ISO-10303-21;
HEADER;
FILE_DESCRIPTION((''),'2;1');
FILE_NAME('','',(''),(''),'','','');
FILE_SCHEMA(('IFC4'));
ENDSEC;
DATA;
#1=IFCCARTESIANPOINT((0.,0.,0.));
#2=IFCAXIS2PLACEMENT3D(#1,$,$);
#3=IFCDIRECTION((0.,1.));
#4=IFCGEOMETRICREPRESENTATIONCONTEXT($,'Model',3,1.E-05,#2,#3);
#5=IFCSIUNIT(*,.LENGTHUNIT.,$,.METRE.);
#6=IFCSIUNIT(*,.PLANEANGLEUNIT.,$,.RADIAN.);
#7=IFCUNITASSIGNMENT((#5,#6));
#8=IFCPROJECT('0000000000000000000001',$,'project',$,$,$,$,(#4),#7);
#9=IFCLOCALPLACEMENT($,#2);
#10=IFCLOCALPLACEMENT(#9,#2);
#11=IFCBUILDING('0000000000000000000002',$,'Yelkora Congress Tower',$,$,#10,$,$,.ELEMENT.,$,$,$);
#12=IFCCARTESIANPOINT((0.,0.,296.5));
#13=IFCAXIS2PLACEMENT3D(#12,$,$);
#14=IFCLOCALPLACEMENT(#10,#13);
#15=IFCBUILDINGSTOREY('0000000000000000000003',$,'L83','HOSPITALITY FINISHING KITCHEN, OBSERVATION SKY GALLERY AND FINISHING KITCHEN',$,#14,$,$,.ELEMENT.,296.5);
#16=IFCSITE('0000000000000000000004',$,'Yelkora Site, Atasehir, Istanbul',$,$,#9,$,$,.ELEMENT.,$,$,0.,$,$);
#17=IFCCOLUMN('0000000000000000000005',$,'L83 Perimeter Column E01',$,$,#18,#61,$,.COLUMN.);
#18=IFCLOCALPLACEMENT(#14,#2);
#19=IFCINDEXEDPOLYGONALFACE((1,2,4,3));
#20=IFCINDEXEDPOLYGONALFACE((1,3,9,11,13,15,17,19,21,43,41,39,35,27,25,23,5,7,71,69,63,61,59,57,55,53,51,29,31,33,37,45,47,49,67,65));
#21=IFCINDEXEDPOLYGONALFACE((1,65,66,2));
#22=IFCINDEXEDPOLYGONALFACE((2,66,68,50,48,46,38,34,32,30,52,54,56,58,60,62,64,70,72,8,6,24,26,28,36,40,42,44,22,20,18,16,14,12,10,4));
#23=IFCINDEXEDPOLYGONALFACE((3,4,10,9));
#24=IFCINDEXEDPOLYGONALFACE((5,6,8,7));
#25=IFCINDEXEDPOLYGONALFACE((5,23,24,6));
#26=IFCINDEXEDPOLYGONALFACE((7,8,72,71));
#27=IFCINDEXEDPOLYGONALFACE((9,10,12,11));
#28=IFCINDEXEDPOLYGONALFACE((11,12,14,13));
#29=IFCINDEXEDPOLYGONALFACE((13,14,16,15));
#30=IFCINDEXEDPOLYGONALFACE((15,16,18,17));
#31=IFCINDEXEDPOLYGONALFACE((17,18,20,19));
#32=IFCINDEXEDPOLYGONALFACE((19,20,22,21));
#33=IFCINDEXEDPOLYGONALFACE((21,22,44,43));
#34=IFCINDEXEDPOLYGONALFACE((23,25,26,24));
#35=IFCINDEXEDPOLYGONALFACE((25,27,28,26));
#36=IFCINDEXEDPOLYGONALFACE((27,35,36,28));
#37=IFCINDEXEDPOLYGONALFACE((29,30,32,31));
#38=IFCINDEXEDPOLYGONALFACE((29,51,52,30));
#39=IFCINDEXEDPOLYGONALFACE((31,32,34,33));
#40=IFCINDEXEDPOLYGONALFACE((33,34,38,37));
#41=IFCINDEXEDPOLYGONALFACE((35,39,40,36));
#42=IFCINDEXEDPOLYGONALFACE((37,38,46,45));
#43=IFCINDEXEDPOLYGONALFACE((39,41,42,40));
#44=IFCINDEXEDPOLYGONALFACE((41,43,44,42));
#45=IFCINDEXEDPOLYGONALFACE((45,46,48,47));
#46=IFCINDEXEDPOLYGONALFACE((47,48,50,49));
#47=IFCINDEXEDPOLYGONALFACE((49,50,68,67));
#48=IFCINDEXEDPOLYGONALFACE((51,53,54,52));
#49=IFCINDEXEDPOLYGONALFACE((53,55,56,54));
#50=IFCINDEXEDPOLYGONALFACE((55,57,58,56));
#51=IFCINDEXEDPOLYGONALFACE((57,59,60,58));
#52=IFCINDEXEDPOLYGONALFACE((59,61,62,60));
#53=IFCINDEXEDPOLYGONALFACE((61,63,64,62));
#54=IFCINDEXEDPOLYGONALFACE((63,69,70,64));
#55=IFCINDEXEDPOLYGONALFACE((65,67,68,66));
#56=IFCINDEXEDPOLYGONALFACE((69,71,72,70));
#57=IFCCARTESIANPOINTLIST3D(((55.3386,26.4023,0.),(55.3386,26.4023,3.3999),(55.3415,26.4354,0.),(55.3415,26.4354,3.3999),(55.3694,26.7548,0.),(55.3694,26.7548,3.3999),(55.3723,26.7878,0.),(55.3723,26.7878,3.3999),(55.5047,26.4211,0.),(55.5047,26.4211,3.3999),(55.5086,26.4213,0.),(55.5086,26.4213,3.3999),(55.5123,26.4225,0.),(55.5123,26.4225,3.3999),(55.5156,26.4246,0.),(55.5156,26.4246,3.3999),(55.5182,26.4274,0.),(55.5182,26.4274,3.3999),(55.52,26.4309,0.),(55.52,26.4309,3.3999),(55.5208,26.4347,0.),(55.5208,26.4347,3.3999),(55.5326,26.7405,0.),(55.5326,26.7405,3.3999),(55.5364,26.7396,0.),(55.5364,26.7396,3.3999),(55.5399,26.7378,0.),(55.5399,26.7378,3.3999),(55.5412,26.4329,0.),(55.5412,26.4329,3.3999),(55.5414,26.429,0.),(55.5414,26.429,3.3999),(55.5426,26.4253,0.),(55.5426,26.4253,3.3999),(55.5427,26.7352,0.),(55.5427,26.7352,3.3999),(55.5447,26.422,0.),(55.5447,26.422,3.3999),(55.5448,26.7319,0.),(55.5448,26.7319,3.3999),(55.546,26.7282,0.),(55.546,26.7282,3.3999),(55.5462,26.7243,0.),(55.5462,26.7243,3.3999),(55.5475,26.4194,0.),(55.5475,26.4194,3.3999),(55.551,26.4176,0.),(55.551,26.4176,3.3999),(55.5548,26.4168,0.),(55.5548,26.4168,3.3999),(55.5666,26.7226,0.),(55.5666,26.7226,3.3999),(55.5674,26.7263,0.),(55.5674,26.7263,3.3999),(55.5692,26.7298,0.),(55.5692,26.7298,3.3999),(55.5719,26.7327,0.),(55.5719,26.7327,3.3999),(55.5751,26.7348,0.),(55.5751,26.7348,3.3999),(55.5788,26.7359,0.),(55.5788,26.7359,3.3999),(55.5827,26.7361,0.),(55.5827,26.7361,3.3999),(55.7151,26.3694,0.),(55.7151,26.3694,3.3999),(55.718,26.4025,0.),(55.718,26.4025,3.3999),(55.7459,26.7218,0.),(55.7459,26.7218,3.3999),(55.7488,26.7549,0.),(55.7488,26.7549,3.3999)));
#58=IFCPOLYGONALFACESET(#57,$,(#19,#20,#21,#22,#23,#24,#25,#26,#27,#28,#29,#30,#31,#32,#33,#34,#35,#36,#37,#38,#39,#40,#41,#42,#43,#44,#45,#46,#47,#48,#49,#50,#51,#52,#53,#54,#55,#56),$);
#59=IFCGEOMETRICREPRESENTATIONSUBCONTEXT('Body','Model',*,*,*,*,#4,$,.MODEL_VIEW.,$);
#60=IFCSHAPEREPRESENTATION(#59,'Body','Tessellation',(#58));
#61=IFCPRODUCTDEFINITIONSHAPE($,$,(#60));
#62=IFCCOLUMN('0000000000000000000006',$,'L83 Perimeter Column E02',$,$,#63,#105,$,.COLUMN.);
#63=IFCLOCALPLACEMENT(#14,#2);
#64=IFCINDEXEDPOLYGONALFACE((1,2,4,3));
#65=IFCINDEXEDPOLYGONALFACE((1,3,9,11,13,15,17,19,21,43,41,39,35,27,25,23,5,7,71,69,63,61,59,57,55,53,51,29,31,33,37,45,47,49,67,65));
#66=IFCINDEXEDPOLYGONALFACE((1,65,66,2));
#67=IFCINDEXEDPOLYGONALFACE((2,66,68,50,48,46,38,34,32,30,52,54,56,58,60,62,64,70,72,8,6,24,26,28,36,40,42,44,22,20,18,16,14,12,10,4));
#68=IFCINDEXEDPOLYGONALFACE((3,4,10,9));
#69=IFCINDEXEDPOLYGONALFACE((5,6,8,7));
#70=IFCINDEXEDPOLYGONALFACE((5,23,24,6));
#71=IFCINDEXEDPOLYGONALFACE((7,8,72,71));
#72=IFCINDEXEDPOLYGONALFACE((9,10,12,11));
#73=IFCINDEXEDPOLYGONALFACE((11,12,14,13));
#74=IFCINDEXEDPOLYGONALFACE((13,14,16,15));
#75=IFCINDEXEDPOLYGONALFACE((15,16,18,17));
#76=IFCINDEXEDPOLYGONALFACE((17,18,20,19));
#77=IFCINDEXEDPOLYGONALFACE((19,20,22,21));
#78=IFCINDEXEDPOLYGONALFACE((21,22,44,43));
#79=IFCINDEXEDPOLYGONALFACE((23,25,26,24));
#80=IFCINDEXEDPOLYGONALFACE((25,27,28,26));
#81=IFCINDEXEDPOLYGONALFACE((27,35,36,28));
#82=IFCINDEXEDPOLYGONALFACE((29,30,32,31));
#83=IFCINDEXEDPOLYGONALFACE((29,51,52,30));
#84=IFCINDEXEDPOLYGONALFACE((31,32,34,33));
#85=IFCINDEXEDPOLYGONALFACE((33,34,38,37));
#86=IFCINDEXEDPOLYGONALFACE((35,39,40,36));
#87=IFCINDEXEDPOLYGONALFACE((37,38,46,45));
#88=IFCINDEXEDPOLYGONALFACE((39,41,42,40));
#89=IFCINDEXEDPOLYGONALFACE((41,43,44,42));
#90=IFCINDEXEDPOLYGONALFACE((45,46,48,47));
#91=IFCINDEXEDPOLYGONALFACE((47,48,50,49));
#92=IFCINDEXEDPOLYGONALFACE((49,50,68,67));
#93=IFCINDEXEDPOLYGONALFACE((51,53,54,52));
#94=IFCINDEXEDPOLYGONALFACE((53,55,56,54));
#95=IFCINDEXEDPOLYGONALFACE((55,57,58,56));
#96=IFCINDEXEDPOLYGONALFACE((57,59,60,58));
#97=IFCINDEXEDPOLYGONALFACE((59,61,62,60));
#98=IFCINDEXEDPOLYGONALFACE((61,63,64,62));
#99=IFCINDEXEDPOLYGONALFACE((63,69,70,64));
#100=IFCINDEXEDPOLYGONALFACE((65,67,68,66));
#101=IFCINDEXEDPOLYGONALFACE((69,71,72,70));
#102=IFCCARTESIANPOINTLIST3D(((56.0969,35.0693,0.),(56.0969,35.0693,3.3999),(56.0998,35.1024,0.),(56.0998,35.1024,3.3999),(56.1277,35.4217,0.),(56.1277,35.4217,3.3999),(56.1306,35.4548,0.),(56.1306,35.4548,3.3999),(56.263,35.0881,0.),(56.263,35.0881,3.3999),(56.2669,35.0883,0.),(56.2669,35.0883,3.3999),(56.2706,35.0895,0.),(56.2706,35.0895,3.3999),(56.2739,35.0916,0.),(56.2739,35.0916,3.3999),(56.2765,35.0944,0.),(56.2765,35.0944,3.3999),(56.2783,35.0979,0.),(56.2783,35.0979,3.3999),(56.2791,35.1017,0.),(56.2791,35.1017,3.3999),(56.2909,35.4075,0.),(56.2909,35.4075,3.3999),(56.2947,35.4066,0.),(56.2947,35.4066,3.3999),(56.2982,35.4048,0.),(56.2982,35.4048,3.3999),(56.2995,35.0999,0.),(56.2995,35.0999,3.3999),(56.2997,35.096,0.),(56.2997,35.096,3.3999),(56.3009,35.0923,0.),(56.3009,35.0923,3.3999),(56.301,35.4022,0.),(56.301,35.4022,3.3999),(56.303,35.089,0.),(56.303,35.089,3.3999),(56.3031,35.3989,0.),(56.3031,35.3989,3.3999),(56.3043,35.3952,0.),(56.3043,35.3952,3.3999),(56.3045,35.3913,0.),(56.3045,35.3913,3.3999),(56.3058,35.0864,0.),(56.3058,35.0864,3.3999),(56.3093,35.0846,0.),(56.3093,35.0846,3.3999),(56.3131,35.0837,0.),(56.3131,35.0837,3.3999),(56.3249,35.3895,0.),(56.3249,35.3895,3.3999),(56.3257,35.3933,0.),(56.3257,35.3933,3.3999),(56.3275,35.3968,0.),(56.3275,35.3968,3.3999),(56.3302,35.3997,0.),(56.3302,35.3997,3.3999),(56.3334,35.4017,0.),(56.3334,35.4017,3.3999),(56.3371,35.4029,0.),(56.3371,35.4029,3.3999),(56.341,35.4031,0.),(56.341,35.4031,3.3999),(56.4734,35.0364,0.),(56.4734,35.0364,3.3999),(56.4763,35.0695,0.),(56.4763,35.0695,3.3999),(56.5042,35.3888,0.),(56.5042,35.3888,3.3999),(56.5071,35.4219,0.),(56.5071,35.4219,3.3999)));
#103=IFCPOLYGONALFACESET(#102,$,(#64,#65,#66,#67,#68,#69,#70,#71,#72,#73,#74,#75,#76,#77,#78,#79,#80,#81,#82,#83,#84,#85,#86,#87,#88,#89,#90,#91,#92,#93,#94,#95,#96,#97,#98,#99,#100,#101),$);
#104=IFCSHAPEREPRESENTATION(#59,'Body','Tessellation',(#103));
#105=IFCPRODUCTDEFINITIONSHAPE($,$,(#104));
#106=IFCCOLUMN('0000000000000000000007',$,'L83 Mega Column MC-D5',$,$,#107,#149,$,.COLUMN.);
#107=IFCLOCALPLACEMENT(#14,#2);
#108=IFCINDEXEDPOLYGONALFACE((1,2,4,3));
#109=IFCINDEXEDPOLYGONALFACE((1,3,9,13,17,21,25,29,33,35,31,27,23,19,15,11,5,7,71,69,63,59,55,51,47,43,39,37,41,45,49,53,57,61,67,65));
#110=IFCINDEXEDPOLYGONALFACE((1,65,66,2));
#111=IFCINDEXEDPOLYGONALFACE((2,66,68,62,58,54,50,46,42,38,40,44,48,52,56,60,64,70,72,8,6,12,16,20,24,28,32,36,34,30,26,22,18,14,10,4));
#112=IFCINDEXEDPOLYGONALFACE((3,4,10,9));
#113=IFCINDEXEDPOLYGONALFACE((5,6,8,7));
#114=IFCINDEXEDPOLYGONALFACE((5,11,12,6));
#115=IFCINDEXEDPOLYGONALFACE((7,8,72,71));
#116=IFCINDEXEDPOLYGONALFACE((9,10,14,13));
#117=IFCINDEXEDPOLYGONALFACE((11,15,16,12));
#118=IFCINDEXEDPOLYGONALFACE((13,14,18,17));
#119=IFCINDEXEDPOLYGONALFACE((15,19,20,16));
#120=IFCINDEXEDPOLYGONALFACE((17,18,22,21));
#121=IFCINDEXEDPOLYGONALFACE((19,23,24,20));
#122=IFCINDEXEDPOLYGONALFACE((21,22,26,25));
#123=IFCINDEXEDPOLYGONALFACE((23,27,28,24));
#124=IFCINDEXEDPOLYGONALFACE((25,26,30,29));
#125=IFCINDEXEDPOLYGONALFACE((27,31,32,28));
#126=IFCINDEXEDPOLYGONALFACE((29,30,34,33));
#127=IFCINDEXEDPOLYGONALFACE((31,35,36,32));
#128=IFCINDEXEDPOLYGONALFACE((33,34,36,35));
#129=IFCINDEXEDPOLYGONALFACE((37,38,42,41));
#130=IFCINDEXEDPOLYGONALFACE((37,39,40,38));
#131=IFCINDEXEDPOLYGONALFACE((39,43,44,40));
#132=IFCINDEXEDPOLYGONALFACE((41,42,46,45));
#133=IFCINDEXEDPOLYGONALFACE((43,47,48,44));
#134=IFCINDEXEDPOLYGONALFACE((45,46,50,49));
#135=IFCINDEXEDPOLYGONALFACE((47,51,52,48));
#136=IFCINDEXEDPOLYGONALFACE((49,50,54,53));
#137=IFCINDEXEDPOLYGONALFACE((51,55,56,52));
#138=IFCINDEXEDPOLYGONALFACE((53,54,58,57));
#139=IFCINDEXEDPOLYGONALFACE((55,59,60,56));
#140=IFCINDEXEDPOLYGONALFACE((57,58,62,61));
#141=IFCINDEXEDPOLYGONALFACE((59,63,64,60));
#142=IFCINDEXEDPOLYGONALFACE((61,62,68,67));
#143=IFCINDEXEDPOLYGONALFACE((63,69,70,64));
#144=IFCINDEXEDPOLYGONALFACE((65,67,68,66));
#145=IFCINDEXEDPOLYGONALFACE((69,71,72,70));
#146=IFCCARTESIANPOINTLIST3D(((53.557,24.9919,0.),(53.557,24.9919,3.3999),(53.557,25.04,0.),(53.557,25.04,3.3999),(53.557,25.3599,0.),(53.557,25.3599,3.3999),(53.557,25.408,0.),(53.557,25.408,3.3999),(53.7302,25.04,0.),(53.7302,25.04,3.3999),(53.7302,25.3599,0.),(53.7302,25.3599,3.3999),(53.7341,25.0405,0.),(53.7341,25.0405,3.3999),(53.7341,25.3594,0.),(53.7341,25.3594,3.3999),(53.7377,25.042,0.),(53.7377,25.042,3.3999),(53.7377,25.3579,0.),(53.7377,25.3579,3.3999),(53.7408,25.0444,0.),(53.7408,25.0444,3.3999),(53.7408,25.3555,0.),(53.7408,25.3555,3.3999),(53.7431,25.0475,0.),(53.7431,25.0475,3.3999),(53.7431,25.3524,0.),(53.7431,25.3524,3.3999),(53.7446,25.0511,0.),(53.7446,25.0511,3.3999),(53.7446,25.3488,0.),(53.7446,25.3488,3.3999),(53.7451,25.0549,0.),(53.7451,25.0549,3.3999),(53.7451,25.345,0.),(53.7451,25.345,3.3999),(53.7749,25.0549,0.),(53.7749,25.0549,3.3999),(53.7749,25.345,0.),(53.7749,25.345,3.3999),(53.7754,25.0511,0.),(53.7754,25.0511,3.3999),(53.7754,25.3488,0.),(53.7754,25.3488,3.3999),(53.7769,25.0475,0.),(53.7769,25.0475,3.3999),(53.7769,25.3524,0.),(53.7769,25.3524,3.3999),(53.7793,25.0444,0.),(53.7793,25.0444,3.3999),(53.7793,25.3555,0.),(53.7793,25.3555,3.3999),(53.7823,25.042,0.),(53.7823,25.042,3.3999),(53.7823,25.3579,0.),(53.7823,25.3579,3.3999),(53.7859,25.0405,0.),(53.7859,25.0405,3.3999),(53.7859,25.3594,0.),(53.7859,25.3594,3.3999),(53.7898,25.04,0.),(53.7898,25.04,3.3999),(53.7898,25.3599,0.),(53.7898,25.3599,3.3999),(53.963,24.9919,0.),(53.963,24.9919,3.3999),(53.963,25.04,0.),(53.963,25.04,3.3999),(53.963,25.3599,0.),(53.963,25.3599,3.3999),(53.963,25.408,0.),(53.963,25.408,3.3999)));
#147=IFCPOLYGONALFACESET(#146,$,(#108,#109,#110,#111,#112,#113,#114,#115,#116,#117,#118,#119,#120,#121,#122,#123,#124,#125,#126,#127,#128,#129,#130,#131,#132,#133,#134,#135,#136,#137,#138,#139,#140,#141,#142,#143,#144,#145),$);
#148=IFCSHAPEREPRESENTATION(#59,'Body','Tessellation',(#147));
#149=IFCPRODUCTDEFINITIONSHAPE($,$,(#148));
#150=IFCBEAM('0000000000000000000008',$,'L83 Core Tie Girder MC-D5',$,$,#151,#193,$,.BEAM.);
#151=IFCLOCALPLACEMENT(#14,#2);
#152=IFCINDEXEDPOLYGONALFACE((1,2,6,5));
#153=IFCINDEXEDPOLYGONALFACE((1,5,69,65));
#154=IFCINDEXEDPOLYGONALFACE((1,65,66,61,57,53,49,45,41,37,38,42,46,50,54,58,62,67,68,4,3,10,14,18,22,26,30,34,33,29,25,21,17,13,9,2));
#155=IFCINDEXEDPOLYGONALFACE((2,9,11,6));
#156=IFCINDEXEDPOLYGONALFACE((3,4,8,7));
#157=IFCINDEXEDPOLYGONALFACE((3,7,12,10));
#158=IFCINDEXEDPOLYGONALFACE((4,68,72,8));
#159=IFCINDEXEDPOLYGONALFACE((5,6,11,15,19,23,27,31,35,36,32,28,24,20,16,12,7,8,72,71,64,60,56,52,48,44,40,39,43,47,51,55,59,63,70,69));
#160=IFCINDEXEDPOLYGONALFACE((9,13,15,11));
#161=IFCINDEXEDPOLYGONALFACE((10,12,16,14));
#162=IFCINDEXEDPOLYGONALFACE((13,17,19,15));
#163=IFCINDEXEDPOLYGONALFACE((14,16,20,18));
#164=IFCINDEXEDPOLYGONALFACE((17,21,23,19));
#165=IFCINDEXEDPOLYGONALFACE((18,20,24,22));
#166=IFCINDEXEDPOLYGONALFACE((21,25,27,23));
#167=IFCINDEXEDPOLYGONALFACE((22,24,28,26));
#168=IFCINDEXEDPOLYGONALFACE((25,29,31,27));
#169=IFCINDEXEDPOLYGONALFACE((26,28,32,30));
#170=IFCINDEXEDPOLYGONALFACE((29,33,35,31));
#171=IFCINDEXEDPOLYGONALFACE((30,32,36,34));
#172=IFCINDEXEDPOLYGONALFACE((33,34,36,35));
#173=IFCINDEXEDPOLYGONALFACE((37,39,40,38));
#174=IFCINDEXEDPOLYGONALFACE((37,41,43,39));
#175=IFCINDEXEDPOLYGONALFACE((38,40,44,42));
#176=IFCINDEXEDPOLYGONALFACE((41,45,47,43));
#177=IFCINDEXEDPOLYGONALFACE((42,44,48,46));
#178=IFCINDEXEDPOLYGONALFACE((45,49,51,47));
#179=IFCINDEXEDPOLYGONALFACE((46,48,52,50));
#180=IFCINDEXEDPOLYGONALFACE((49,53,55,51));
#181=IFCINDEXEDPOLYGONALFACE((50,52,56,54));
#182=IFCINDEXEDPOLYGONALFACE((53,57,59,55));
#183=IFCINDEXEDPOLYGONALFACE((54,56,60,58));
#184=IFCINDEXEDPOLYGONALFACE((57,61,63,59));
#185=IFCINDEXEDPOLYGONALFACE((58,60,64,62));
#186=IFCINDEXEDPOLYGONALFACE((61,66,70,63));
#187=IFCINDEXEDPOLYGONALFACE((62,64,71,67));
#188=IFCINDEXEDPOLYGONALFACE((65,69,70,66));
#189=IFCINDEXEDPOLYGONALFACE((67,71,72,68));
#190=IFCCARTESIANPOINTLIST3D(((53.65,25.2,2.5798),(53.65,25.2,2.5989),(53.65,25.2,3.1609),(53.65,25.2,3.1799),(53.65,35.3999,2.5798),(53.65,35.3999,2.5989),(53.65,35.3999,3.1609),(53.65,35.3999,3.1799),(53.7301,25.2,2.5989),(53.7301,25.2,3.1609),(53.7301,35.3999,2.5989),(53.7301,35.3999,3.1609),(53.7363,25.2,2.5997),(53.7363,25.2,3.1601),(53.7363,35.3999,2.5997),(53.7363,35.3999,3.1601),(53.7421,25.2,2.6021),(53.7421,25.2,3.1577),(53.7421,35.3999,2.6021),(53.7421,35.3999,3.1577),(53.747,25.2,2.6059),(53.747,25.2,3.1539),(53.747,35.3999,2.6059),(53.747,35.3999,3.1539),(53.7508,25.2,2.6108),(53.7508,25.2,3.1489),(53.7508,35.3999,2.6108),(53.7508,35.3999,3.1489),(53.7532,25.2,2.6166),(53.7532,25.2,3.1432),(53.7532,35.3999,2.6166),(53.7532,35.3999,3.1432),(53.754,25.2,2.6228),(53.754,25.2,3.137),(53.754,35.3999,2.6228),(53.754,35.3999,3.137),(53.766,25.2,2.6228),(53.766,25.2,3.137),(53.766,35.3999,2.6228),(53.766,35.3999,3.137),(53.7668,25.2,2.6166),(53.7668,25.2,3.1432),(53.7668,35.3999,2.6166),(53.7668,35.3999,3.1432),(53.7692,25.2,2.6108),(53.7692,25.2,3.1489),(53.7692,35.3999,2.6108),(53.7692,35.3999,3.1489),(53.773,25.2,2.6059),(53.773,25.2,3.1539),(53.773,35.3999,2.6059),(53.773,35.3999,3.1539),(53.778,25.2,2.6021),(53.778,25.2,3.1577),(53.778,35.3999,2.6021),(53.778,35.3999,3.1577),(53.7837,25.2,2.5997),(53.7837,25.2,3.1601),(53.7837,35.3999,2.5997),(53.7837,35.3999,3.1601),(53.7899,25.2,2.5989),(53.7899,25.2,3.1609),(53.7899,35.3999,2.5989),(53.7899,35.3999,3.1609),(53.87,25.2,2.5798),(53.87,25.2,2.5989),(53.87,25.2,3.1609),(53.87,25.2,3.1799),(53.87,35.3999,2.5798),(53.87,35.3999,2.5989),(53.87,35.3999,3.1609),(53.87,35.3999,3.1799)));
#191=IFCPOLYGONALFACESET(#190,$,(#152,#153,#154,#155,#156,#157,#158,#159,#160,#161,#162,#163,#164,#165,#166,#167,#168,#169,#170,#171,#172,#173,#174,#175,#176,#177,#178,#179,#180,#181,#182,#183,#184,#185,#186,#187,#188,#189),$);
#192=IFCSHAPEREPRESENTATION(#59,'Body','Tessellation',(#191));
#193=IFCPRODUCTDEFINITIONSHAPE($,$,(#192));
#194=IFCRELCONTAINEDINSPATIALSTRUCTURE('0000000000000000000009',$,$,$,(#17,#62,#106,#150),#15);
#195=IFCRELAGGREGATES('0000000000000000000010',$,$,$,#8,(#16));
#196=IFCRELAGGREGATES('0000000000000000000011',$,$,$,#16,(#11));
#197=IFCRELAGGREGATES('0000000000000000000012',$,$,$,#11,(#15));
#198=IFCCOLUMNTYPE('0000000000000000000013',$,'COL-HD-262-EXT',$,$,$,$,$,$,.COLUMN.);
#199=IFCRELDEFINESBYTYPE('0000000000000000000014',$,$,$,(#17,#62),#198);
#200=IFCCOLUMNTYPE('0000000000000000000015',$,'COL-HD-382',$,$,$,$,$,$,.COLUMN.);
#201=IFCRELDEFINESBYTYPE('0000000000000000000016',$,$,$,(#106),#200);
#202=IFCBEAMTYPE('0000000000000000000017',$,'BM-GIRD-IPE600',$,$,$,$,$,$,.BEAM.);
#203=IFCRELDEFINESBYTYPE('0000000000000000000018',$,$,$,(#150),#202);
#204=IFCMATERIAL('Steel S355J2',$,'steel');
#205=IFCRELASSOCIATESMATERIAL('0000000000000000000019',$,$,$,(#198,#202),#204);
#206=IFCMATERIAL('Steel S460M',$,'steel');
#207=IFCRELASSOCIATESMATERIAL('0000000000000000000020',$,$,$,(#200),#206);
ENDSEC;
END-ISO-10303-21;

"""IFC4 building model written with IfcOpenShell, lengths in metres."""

from ifc_helpers import new_model, si_unit, direction, frame, origin, origin_2d, place, context, subcontext, project, spatial, i_section, extrude, material, material_profile, profile_set, type_object, element, save


model = new_model("IFC4")

# Units and contexts
model_context = context("Model", 3, precision=1e-05, world=origin(), true_north=direction((0.0, 1.0)))
body_context = subcontext(model_context, "Body", "Model", "MODEL_VIEW")
ifc_project = project(units=[si_unit("LENGTHUNIT", "METRE"), si_unit("PLANEANGLEUNIT", "RADIAN")], contexts=[model_context])

# Site, building, storey
site_placement = place(None, origin())
site = spatial("IfcSite", under=ifc_project, at=site_placement, Name="Yelkora Site, Atasehir, Istanbul", CompositionType="ELEMENT", RefElevation=0.0)
building_placement = place(site_placement, origin())
building = spatial("IfcBuilding", under=site, at=building_placement, Name="Yelkora Congress Tower", CompositionType="ELEMENT")
storey_placement = place(building_placement, frame((0.0, 0.0, 296.5)))
storey = spatial("IfcBuildingStorey", under=building, at=storey_placement, Name="L83", Description="HOSPITALITY FINISHING KITCHEN, OBSERVATION SKY GALLERY AND FINISHING KITCHEN", CompositionType="ELEMENT", Elevation=296.5)

# Columns
ifc_material_1 = material(Name="Steel S355J2", Category="steel")
ifc_material_profile_1 = material_profile(ifc_material_1, i_section(OverallWidth=0.3779, OverallDepth=0.387, WebThickness=0.0205, FlangeThickness=0.0332, FilletRadius=0.0149, at=origin_2d()), Name="HD 360x262")
ifc_profile_set_1 = profile_set([ifc_material_profile_1], Name="Steel S355J2")
column_type_1 = type_object("IfcColumnType", Name="COL-HD-262-EXT", PredefinedType="COLUMN", material=ifc_profile_set_1)
for number, where, z_axis, x_axis, name in (
    (1, (55.5437, 26.5786, 0.0), (0.0, 0.0, 1.0), (0.996195, -0.087156, 0.0), "L83 Perimeter Column E01"),
    (2, (56.302, 35.2456, 0.0), (0.0, 0.0, 1.0), (0.996195, -0.087156, 0.0), "L83 Perimeter Column E02"),
):
    element("IfcColumn", number, at=place(storey_placement, frame(where, z_axis=z_axis, x_axis=x_axis)), inside=storey, type_object=column_type_1, Name=name, PredefinedType="COLUMN", context=body_context, shape_type="SweptSolid", body=[
        extrude(i_section(OverallWidth=0.3779, OverallDepth=0.387, WebThickness=0.0205, FlangeThickness=0.0332, FilletRadius=0.0149, at=origin_2d()), origin(), (0.0, 0.0, 1.0), 3.3999),
    ])
ifc_material_2 = material(Name="Steel S460M", Category="steel")
ifc_material_profile_2 = material_profile(ifc_material_2, i_section(OverallWidth=0.406, OverallDepth=0.416, WebThickness=0.0298, FlangeThickness=0.0481, FilletRadius=0.0149, at=origin_2d()), Name="HD 400x382")
ifc_profile_set_2 = profile_set([ifc_material_profile_2], Name="Steel S460M")
column_type_2 = type_object("IfcColumnType", Name="COL-HD-382", PredefinedType="COLUMN", material=ifc_profile_set_2)
column_placement = place(storey_placement, frame((53.76, 25.2, 0.0), z_axis=(0.0, 0.0, 1.0), x_axis=(1.0, 0.0, 0.0)))
element("IfcColumn", 3, at=column_placement, inside=storey, type_object=column_type_2, Name="L83 Mega Column MC-D5", PredefinedType="COLUMN", context=body_context, shape_type="SweptSolid", body=[
    extrude(i_section(OverallWidth=0.406, OverallDepth=0.416, WebThickness=0.0298, FlangeThickness=0.0481, FilletRadius=0.0149, at=origin_2d()), origin(), (0.0, 0.0, 1.0), 3.3999),
])

# Beam
ifc_material_profile_3 = material_profile(ifc_material_1, i_section(OverallWidth=0.22, OverallDepth=0.6001, WebThickness=0.012, FlangeThickness=0.019, FilletRadius=0.0239, at=origin_2d()), Name="IPE 600")
ifc_profile_set_3 = profile_set([ifc_material_profile_3], Name="Steel S355J2")
beam_type_1 = type_object("IfcBeamType", Name="BM-GIRD-IPE600", PredefinedType="BEAM", material=ifc_profile_set_3)
beam_1_placement = place(storey_placement, frame((53.76, 25.2, 2.8799), z_axis=(0.0, 1.0, 0.0), x_axis=(-1.0, 0.0, 0.0)))
element("IfcBeam", 4, at=beam_1_placement, inside=storey, type_object=beam_type_1, Name="L83 Core Tie Girder MC-D5", PredefinedType="BEAM", context=body_context, shape_type="SweptSolid", body=[
    extrude(i_section(OverallWidth=0.22, OverallDepth=0.6001, WebThickness=0.012, FlangeThickness=0.019, FilletRadius=0.0239, at=origin_2d()), origin(), (0.0, 0.0, 1.0), 10.2),
])

save(model, "model.ifc")
